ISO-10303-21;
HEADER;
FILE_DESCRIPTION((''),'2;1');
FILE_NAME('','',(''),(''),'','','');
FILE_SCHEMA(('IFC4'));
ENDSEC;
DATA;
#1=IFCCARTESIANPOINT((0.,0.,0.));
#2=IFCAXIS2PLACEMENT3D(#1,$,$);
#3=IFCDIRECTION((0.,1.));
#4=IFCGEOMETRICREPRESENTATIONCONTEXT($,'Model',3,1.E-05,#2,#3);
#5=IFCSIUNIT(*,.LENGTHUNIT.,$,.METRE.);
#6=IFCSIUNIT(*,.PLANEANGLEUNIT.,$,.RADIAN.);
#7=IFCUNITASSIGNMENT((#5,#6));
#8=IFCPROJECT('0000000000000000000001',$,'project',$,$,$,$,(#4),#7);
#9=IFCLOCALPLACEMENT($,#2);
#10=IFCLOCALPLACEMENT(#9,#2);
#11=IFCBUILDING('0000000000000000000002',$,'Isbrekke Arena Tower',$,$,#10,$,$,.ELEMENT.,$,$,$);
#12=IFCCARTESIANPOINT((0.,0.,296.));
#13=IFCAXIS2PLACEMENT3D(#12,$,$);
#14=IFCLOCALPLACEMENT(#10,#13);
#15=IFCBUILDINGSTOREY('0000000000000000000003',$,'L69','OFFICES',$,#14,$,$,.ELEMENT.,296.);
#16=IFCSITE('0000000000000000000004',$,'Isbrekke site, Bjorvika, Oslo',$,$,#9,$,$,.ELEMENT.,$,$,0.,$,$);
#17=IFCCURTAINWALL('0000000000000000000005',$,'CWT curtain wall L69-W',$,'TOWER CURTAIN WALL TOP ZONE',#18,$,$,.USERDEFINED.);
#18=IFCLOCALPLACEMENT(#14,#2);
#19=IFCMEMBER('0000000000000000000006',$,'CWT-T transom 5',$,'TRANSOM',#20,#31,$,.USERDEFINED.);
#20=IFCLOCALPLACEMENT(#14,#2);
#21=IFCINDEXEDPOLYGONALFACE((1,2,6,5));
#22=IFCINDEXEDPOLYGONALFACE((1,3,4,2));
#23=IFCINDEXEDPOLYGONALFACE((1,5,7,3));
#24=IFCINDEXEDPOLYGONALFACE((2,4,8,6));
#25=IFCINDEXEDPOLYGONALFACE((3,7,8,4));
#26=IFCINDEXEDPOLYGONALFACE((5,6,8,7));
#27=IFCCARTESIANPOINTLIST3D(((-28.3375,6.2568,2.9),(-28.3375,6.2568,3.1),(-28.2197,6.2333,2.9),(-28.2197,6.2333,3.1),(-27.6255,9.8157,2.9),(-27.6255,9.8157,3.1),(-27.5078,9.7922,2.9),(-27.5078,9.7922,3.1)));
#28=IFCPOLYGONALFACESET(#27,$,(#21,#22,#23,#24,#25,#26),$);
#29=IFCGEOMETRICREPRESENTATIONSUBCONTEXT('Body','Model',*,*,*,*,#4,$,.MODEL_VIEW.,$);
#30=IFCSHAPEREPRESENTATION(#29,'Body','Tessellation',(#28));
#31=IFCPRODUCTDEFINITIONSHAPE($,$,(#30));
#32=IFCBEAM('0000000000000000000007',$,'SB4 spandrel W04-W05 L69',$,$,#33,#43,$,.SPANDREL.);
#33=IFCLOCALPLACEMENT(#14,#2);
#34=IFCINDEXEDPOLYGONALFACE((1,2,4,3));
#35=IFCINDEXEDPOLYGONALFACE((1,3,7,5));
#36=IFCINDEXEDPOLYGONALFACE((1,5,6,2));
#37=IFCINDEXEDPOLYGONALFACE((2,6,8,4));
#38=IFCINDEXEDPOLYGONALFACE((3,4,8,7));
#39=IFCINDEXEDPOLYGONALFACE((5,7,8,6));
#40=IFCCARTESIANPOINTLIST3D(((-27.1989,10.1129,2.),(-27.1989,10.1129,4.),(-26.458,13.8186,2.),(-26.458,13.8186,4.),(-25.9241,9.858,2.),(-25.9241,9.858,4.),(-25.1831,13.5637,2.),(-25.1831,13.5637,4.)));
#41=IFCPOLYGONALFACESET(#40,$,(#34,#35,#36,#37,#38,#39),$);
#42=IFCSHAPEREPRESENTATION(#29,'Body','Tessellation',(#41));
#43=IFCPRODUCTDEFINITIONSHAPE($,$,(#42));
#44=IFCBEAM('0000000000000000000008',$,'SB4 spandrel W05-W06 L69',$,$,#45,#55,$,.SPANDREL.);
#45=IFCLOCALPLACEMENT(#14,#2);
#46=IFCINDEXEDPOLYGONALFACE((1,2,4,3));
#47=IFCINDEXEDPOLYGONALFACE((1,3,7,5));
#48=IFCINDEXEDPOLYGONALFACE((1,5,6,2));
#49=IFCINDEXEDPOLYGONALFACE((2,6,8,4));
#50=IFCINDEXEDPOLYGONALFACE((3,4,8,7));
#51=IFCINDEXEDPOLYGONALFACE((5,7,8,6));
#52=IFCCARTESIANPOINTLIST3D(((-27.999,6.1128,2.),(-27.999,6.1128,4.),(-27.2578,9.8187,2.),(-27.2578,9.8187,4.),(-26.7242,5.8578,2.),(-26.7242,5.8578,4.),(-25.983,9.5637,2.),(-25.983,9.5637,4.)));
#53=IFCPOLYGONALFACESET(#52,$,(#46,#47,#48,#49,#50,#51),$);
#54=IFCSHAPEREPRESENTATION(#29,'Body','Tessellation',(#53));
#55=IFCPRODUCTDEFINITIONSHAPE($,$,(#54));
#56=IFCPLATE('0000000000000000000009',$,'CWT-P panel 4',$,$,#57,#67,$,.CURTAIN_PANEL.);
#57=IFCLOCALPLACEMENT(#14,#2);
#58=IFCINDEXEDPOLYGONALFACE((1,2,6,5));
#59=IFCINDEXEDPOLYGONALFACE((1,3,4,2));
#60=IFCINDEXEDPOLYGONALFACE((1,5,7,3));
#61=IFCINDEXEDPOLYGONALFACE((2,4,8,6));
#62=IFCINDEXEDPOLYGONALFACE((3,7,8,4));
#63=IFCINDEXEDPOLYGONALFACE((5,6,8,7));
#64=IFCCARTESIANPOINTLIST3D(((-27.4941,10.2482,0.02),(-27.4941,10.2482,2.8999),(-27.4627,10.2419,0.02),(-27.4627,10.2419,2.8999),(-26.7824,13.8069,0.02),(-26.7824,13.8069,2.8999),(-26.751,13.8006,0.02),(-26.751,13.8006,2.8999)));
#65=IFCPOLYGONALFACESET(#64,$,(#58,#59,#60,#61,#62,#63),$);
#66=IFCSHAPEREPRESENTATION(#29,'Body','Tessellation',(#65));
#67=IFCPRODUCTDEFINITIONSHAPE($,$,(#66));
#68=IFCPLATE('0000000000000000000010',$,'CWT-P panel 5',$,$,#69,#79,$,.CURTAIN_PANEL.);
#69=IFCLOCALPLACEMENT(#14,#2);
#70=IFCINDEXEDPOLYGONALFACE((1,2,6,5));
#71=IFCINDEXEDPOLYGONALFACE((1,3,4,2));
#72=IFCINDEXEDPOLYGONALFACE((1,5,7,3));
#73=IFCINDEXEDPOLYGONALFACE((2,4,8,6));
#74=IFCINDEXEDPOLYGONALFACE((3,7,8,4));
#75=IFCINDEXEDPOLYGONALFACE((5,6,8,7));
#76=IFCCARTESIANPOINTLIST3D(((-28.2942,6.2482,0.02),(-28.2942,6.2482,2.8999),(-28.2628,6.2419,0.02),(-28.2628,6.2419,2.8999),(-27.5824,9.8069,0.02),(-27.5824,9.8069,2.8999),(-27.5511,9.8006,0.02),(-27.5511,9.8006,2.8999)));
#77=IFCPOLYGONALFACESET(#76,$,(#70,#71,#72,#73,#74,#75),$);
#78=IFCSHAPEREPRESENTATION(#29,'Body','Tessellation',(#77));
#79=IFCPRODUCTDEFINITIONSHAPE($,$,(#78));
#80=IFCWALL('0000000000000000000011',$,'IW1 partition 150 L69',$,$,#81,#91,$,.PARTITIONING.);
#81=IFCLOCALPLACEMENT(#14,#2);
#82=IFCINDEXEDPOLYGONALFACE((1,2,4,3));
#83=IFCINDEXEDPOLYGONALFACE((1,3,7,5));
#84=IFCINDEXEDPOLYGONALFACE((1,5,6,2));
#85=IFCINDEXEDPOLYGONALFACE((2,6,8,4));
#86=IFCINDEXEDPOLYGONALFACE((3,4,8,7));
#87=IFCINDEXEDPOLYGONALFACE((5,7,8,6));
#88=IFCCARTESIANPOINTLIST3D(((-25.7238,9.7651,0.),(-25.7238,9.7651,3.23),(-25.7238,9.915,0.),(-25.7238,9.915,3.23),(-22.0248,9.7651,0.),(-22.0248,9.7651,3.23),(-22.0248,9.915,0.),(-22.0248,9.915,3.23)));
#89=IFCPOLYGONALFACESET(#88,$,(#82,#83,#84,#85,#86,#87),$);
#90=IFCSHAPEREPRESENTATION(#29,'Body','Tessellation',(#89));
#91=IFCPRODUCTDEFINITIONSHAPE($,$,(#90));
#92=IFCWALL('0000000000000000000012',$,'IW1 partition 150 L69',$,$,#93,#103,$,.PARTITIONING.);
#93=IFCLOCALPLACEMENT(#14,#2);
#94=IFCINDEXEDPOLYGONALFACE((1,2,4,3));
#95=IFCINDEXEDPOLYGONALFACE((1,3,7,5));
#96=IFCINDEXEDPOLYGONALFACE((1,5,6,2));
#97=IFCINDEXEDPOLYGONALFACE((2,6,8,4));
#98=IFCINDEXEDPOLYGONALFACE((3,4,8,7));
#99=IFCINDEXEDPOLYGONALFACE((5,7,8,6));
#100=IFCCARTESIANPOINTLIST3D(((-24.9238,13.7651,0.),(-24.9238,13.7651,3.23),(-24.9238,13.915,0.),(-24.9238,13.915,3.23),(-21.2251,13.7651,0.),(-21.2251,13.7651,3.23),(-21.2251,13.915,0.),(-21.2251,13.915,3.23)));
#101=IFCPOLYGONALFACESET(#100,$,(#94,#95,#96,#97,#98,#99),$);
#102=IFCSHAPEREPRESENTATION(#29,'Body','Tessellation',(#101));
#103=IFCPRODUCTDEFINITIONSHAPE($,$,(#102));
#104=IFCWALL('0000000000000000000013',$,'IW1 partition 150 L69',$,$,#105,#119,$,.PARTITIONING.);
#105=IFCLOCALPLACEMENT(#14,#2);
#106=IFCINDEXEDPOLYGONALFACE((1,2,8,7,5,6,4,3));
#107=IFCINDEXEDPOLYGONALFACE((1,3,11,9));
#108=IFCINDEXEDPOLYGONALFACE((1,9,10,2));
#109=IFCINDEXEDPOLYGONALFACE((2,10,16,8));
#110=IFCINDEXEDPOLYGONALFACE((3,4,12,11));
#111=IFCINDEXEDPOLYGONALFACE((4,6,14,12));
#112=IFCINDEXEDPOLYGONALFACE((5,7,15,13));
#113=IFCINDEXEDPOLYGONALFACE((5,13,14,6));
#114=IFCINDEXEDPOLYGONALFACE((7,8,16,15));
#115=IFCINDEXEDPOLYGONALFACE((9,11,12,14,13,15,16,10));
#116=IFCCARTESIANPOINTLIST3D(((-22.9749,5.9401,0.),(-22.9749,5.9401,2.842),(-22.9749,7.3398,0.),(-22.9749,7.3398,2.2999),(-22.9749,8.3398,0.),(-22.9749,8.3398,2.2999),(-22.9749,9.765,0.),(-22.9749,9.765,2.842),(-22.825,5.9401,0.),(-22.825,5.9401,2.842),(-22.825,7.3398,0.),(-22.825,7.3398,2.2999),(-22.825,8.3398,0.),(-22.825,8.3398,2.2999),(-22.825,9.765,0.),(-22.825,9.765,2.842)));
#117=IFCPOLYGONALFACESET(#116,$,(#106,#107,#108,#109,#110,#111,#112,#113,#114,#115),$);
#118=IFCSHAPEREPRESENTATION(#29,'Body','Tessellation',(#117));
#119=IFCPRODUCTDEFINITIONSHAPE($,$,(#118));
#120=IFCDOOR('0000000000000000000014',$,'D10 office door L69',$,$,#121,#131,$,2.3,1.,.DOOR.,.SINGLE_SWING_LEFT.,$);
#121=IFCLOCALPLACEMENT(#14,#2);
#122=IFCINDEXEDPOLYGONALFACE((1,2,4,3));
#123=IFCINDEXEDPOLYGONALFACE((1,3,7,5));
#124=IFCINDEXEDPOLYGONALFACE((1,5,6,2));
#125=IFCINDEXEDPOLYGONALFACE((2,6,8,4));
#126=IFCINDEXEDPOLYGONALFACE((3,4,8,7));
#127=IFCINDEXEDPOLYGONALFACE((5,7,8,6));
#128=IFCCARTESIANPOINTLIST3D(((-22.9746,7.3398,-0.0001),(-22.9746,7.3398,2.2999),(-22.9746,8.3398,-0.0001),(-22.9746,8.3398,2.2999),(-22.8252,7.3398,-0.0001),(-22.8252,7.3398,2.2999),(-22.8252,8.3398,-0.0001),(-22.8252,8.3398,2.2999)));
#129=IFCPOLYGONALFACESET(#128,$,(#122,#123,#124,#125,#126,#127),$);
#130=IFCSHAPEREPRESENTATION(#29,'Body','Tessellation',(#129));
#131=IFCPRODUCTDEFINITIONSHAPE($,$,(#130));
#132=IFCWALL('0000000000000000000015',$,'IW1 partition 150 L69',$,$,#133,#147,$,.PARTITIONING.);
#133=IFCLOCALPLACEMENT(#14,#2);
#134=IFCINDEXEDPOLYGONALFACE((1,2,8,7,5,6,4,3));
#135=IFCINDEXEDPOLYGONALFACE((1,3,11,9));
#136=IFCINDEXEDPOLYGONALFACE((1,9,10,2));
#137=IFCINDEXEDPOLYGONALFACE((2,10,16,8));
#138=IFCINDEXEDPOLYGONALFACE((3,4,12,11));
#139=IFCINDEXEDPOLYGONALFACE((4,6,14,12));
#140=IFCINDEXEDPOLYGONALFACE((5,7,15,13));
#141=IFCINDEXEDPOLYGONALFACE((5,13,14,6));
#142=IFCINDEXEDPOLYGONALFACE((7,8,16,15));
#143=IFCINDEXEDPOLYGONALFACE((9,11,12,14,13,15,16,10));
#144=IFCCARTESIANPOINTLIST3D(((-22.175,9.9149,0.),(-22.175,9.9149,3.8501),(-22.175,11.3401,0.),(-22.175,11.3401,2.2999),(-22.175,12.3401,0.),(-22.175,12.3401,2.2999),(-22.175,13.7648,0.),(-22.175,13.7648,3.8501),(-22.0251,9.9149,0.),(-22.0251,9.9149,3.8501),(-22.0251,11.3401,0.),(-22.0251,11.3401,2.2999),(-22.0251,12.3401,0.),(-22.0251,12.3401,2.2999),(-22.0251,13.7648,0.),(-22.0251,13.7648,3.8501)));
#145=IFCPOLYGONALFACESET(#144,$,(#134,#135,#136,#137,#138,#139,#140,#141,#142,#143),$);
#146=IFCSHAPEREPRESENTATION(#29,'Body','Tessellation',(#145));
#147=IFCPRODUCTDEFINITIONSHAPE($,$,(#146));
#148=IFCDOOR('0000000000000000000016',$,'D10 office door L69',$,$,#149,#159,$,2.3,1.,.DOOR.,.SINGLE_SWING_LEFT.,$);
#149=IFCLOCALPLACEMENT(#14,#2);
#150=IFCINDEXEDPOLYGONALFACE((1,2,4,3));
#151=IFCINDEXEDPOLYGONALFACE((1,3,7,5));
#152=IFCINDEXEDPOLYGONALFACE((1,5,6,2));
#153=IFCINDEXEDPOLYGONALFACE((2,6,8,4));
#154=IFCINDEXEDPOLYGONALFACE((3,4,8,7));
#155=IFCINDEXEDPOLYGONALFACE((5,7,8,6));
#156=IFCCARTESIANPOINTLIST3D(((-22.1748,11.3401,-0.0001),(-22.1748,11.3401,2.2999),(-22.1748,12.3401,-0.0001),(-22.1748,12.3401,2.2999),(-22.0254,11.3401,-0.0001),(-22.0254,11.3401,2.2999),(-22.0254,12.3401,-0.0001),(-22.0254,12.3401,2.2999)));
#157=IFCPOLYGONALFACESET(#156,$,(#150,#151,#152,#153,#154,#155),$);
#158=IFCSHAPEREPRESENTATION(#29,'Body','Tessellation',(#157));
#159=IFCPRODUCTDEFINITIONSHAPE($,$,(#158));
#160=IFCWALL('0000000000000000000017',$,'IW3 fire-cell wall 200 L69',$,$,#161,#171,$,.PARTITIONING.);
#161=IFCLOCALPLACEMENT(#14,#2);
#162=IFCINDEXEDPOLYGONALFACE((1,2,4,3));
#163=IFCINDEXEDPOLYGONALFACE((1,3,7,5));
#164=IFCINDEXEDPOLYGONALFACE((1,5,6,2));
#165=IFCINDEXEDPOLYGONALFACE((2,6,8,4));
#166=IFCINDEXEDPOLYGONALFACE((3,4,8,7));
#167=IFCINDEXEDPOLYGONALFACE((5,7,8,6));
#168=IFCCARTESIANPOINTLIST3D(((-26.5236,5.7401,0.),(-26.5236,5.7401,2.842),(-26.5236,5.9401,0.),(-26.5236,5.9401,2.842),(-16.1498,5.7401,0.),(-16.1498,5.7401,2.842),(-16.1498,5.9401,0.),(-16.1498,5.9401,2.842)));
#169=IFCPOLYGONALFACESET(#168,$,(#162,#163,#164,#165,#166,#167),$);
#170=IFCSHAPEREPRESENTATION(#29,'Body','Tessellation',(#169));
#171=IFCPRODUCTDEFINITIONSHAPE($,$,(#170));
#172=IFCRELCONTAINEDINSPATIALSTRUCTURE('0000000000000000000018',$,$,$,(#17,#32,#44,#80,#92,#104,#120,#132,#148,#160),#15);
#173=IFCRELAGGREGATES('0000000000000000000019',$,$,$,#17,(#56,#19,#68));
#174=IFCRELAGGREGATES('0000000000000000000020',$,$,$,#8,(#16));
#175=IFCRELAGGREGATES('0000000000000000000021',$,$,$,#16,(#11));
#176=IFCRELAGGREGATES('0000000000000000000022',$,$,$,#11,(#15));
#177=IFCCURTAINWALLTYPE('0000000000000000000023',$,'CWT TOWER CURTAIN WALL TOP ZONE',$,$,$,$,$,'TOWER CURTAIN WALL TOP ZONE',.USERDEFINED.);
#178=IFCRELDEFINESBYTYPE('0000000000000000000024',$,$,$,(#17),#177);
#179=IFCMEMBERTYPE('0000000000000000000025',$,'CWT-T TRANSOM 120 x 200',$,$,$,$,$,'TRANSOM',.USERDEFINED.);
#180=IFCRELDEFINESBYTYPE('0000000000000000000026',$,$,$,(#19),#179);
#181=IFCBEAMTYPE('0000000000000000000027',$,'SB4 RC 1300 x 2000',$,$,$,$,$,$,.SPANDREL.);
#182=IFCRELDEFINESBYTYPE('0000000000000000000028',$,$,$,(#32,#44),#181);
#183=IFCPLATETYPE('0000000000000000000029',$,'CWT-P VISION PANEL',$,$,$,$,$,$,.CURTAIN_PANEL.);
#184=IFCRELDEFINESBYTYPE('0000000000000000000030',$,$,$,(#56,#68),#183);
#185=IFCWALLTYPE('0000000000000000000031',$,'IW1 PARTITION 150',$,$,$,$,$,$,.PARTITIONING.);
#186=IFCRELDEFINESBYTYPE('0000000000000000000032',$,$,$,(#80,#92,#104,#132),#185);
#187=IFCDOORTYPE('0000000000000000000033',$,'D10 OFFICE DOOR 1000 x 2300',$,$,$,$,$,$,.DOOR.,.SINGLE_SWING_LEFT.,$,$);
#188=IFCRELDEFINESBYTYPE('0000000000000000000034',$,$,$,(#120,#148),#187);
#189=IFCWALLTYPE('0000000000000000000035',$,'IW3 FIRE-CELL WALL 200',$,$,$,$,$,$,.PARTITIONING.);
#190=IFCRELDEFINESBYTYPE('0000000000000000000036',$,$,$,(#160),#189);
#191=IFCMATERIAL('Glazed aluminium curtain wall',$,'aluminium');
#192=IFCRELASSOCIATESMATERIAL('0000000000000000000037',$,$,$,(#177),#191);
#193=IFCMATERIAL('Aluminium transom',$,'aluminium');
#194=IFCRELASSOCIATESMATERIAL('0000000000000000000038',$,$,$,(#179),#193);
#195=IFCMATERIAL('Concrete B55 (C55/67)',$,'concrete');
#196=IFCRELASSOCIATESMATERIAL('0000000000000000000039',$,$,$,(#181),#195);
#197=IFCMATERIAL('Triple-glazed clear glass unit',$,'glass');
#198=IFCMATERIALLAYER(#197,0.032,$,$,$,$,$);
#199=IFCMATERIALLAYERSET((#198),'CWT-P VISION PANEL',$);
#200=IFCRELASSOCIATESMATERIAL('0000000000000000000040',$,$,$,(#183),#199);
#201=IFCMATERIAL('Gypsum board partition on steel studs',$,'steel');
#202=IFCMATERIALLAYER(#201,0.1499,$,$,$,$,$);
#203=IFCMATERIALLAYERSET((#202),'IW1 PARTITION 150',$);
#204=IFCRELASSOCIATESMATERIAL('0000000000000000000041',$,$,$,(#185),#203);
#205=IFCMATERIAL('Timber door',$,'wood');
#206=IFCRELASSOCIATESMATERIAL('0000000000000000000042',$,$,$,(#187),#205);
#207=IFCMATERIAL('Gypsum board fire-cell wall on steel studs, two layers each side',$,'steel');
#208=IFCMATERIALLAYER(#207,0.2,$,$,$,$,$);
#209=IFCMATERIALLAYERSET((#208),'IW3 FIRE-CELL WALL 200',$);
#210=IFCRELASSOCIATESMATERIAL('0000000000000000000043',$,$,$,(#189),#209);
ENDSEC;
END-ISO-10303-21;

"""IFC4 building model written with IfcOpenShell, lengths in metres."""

from ifc_helpers import new_model, si_unit, direction, frame, frame_2d, origin, origin_2d, place, context, subcontext, project, spatial, rectangle, extrude, material, layer, layer_set, material_profile, profile_set, type_object, element, fill, aggregate, save


model = new_model("IFC4")

# Units and contexts
model_context = context("Model", 3, precision=1e-05, world=origin(), true_north=direction((0.0, 1.0)))
body_context = subcontext(model_context, "Body", "Model", "MODEL_VIEW")
ifc_project = project(units=[si_unit("LENGTHUNIT", "METRE"), si_unit("PLANEANGLEUNIT", "RADIAN")], contexts=[model_context])

# Site, building, storey
site_placement = place(None, origin())
site = spatial("IfcSite", under=ifc_project, at=site_placement, Name="Isbrekke site, Bjorvika, Oslo", CompositionType="ELEMENT", RefElevation=0.0)
building_placement = place(site_placement, origin())
building = spatial("IfcBuilding", under=site, at=building_placement, Name="Isbrekke Arena Tower", CompositionType="ELEMENT")
storey_placement = place(building_placement, frame((0.0, 0.0, 296.0)))
storey = spatial("IfcBuildingStorey", under=building, at=storey_placement, Name="L69", Description="OFFICES", CompositionType="ELEMENT", Elevation=296.0)

# Curtain wall, member
ifc_material_1 = material(Name="Glazed aluminium curtain wall", Category="aluminium")
curtain_wall_type = type_object("IfcCurtainWallType", Name="CWT TOWER CURTAIN WALL TOP ZONE", ElementType="TOWER CURTAIN WALL TOP ZONE", PredefinedType="USERDEFINED", material=ifc_material_1)
curtain_wall_placement = place(storey_placement, origin())
curtain_wall = element("IfcCurtainWall", 1, at=curtain_wall_placement, inside=storey, type_object=curtain_wall_type, Name="CWT curtain wall L69-W", ObjectType="TOWER CURTAIN WALL TOP ZONE", PredefinedType="USERDEFINED")
ifc_material_2 = material(Name="Aluminium transom", Category="aluminium")
ifc_material_profile_1 = material_profile(ifc_material_2, rectangle(XDim=0.1201, YDim=0.2, at=origin_2d()), Name="TRANSOM 120X200")
ifc_profile_set_1 = profile_set([ifc_material_profile_1], Name="Aluminium transom")
member_type_1 = type_object("IfcMemberType", Name="CWT-T TRANSOM 120 x 200", ElementType="TRANSOM", PredefinedType="USERDEFINED", material=ifc_profile_set_1)
member_1_placement = place(storey_placement, frame((-27.5667, 9.804, 3.0), z_axis=(-0.196155, -0.980573, 0.0), x_axis=(0.980573, -0.196155, 0.0)))
member_1 = element("IfcMember", 2, at=member_1_placement, type_object=member_type_1, Name="CWT-T transom 5", ObjectType="TRANSOM", PredefinedType="USERDEFINED", context=body_context, shape_type="SweptSolid", body=[
    extrude(rectangle(XDim=0.1201, YDim=0.2, at=origin_2d()), origin(), (0.0, 0.0, 1.0), 3.6294),
])

# Beams
ifc_material_3 = material(Name="Concrete B55 (C55/67)", Category="concrete")
ifc_material_profile_2 = material_profile(ifc_material_3, rectangle(XDim=1.3, YDim=2.0, at=origin_2d()), Name="RC 1300x2000")
ifc_profile_set_2 = profile_set([ifc_material_profile_2], Name="Concrete B55 (C55/67)")
beam_type_1 = type_object("IfcBeamType", Name="SB4 RC 1300 x 2000", PredefinedType="SPANDREL", material=ifc_profile_set_2)
beam_1_placement = place(storey_placement, frame((-25.8206, 13.6912, 3.0), z_axis=(-0.196066, -0.980591, 0.0), x_axis=(0.980591, -0.196066, 0.0)))
element("IfcBeam", 3, at=beam_1_placement, inside=storey, type_object=beam_type_1, Name="SB4 spandrel W04-W05 L69", PredefinedType="SPANDREL", context=body_context, shape_type="SweptSolid", body=[
    extrude(rectangle(XDim=1.3, YDim=2.0, at=origin_2d()), origin(), (0.0, 0.0, 1.0), 3.7791),
])
beam_2_placement = place(storey_placement, frame((-26.6204, 9.6912, 3.0), z_axis=(-0.196129, -0.980578, 0.0), x_axis=(0.980578, -0.196129, 0.0)))
element("IfcBeam", 4, at=beam_2_placement, inside=storey, type_object=beam_type_1, Name="SB4 spandrel W05-W06 L69", PredefinedType="SPANDREL", context=body_context, shape_type="SweptSolid", body=[
    extrude(rectangle(XDim=1.3, YDim=2.0, at=origin_2d()), origin(), (0.0, 0.0, 1.0), 3.7793),
])

# Plates
ifc_material_4 = material(Name="Triple-glazed clear glass unit", Category="glass")
ifc_layer_1 = layer(ifc_material_4, 0.032)
ifc_layer_set_1 = layer_set([ifc_layer_1], Name="CWT-P VISION PANEL")
plate_type = type_object("IfcPlateType", Name="CWT-P VISION PANEL", PredefinedType="CURTAIN_PANEL", material=ifc_layer_set_1)
plate_1_placement = place(storey_placement, frame((-27.1226, 12.0244, 0.02), z_axis=(0.0, 0.0, 1.0), x_axis=(-0.196116, -0.980581, 0.0)))
plate_1 = element("IfcPlate", 5, at=plate_1_placement, type_object=plate_type, Name="CWT-P panel 4", PredefinedType="CURTAIN_PANEL", context=body_context, shape_type="SweptSolid", body=[
    extrude(rectangle(XDim=3.6292, YDim=0.032, at=origin_2d()), origin(), (0.0, 0.0, 1.0), 2.8799),
])
plate_2_placement = place(storey_placement, frame((-27.9226, 8.0244, 0.02), z_axis=(0.0, 0.0, 1.0), x_axis=(-0.196116, -0.980581, 0.0)))
plate_2 = element("IfcPlate", 6, at=plate_2_placement, type_object=plate_type, Name="CWT-P panel 5", PredefinedType="CURTAIN_PANEL", context=body_context, shape_type="SweptSolid", body=[
    extrude(rectangle(XDim=3.6292, YDim=0.032, at=origin_2d()), origin(), (0.0, 0.0, 1.0), 2.8799),
])
aggregate(curtain_wall, [plate_1, member_1, plate_2])

# Walls
ifc_material_5 = material(Name="Gypsum board partition on steel studs", Category="steel")
ifc_layer_2 = layer(ifc_material_5, 0.1499)
ifc_layer_set_2 = layer_set([ifc_layer_2], Name="IW1 PARTITION 150")
wall_type_1 = type_object("IfcWallType", Name="IW1 PARTITION 150", PredefinedType="PARTITIONING", material=ifc_layer_set_2)
wall_1_placement = place(storey_placement, frame((-25.7239, 9.8401, 0.0), z_axis=(0.0, 0.0, 1.0), x_axis=(1.0, 0.0, 0.0)))
element("IfcWall", 7, at=wall_1_placement, inside=storey, type_object=wall_type_1, Name="IW1 partition 150 L69", PredefinedType="PARTITIONING", context=body_context, shape_type="SweptSolid", body=[
    extrude(rectangle(XDim=3.699, YDim=0.1499, at=frame_2d((1.8496, 0.0))), origin(), (0.0, 0.0, 1.0), 3.23),
])
wall_2_placement = place(storey_placement, frame((-24.9238, 13.8401, 0.0), z_axis=(0.0, 0.0, 1.0), x_axis=(1.0, 0.0, 0.0)))
element("IfcWall", 8, at=wall_2_placement, inside=storey, type_object=wall_type_1, Name="IW1 partition 150 L69", PredefinedType="PARTITIONING", context=body_context, shape_type="SweptSolid", body=[
    extrude(rectangle(XDim=3.6987, YDim=0.1499, at=frame_2d((1.8494, 0.0))), origin(), (0.0, 0.0, 1.0), 3.23),
])

# Walls, openings, doors
wall_3_placement = place(storey_placement, frame((-22.8999, 5.9399, 0.0), z_axis=(0.0, 0.0, 1.0), x_axis=(0.0, 1.0, 0.0)))
wall_3 = element("IfcWall", 9, at=wall_3_placement, inside=storey, type_object=wall_type_1, Name="IW1 partition 150 L69", PredefinedType="PARTITIONING", context=body_context, shape_type="SweptSolid", body=[
    extrude(rectangle(XDim=3.825, YDim=0.1499, at=frame_2d((1.9126, 0.0))), origin(), (0.0, 0.0, 1.0), 2.842),
])
opening_1_placement = place(wall_3_placement, frame((1.3999, 0.0, 0.0)))
opening_1 = element("IfcOpeningElement", 10, at=opening_1_placement, cuts=wall_3, PredefinedType="OPENING", context=body_context, shape_type="SweptSolid", body=[
    extrude(rectangle(XDim=1.0, YDim=2.3, at=frame_2d((0.5, 1.1499))), frame((0.0, 0.0898, 0.0), z_axis=(0.0, -1.0, 0.0), x_axis=(1.0, 0.0, 0.0)), (0.0, 0.0, 1.0), 0.1797),
])
ifc_material_6 = material(Name="Timber door", Category="wood")
door_type = type_object("IfcDoorType", Name="D10 OFFICE DOOR 1000 x 2300", OperationType="SINGLE_SWING_LEFT", PredefinedType="DOOR", material=ifc_material_6)
door_1_placement = place(opening_1_placement, origin())
door_1 = element("IfcDoor", 11, at=door_1_placement, inside=storey, type_object=door_type, Name="D10 office door L69", OperationType="SINGLE_SWING_LEFT", OverallHeight=2.3, OverallWidth=1.0, PredefinedType="DOOR", context=body_context, shape_type="SweptSolid", body=[
    extrude(rectangle(XDim=1.0, YDim=2.3, at=frame_2d((0.5, 1.1499))), frame((0.0, 0.0747, 0.0), z_axis=(0.0, -1.0, 0.0), x_axis=(1.0, 0.0, 0.0)), (0.0, 0.0, 1.0), 0.1494),
])
fill(opening_1, door_1)
wall_4_placement = place(storey_placement, frame((-22.1001, 9.915, 0.0), z_axis=(0.0, 0.0, 1.0), x_axis=(0.0, 1.0, 0.0)))
wall_4 = element("IfcWall", 12, at=wall_4_placement, inside=storey, type_object=wall_type_1, Name="IW1 partition 150 L69", PredefinedType="PARTITIONING", context=body_context, shape_type="SweptSolid", body=[
    extrude(rectangle(XDim=3.8499, YDim=0.1499, at=frame_2d((1.9248, 0.0))), origin(), (0.0, 0.0, 1.0), 3.8501),
])
opening_2_placement = place(wall_4_placement, frame((1.425, 0.0, 0.0)))
opening_2 = element("IfcOpeningElement", 13, at=opening_2_placement, cuts=wall_4, PredefinedType="OPENING", context=body_context, shape_type="SweptSolid", body=[
    extrude(rectangle(XDim=1.0, YDim=2.3, at=frame_2d((0.5, 1.1499))), frame((0.0, 0.0898, 0.0), z_axis=(0.0, -1.0, 0.0), x_axis=(1.0, 0.0, 0.0)), (0.0, 0.0, 1.0), 0.1797),
])
door_2_placement = place(opening_2_placement, origin())
door_2 = element("IfcDoor", 14, at=door_2_placement, inside=storey, type_object=door_type, Name="D10 office door L69", OperationType="SINGLE_SWING_LEFT", OverallHeight=2.3, OverallWidth=1.0, PredefinedType="DOOR", context=body_context, shape_type="SweptSolid", body=[
    extrude(rectangle(XDim=1.0, YDim=2.3, at=frame_2d((0.5, 1.1499))), frame((0.0, 0.0747, 0.0), z_axis=(0.0, -1.0, 0.0), x_axis=(1.0, 0.0, 0.0)), (0.0, 0.0, 1.0), 0.1494),
])
fill(opening_2, door_2)

# Wall
ifc_material_7 = material(Name="Gypsum board fire-cell wall on steel studs, two layers each side", Category="steel")
ifc_layer_3 = layer(ifc_material_7, 0.2)
ifc_layer_set_3 = layer_set([ifc_layer_3], Name="IW3 FIRE-CELL WALL 200")
wall_type_2 = type_object("IfcWallType", Name="IW3 FIRE-CELL WALL 200", PredefinedType="PARTITIONING", material=ifc_layer_set_3)
wall_5_placement = place(storey_placement, frame((-26.5237, 5.8401, 0.0), z_axis=(0.0, 0.0, 1.0), x_axis=(1.0, 0.0, 0.0)))
element("IfcWall", 15, at=wall_5_placement, inside=storey, type_object=wall_type_2, Name="IW3 fire-cell wall 200 L69", PredefinedType="PARTITIONING", context=body_context, shape_type="SweptSolid", body=[
    extrude(rectangle(XDim=10.3738, YDim=0.2, at=frame_2d((5.187, 0.0))), origin(), (0.0, 0.0, 1.0), 2.842),
])

save(model, "model.ifc")
